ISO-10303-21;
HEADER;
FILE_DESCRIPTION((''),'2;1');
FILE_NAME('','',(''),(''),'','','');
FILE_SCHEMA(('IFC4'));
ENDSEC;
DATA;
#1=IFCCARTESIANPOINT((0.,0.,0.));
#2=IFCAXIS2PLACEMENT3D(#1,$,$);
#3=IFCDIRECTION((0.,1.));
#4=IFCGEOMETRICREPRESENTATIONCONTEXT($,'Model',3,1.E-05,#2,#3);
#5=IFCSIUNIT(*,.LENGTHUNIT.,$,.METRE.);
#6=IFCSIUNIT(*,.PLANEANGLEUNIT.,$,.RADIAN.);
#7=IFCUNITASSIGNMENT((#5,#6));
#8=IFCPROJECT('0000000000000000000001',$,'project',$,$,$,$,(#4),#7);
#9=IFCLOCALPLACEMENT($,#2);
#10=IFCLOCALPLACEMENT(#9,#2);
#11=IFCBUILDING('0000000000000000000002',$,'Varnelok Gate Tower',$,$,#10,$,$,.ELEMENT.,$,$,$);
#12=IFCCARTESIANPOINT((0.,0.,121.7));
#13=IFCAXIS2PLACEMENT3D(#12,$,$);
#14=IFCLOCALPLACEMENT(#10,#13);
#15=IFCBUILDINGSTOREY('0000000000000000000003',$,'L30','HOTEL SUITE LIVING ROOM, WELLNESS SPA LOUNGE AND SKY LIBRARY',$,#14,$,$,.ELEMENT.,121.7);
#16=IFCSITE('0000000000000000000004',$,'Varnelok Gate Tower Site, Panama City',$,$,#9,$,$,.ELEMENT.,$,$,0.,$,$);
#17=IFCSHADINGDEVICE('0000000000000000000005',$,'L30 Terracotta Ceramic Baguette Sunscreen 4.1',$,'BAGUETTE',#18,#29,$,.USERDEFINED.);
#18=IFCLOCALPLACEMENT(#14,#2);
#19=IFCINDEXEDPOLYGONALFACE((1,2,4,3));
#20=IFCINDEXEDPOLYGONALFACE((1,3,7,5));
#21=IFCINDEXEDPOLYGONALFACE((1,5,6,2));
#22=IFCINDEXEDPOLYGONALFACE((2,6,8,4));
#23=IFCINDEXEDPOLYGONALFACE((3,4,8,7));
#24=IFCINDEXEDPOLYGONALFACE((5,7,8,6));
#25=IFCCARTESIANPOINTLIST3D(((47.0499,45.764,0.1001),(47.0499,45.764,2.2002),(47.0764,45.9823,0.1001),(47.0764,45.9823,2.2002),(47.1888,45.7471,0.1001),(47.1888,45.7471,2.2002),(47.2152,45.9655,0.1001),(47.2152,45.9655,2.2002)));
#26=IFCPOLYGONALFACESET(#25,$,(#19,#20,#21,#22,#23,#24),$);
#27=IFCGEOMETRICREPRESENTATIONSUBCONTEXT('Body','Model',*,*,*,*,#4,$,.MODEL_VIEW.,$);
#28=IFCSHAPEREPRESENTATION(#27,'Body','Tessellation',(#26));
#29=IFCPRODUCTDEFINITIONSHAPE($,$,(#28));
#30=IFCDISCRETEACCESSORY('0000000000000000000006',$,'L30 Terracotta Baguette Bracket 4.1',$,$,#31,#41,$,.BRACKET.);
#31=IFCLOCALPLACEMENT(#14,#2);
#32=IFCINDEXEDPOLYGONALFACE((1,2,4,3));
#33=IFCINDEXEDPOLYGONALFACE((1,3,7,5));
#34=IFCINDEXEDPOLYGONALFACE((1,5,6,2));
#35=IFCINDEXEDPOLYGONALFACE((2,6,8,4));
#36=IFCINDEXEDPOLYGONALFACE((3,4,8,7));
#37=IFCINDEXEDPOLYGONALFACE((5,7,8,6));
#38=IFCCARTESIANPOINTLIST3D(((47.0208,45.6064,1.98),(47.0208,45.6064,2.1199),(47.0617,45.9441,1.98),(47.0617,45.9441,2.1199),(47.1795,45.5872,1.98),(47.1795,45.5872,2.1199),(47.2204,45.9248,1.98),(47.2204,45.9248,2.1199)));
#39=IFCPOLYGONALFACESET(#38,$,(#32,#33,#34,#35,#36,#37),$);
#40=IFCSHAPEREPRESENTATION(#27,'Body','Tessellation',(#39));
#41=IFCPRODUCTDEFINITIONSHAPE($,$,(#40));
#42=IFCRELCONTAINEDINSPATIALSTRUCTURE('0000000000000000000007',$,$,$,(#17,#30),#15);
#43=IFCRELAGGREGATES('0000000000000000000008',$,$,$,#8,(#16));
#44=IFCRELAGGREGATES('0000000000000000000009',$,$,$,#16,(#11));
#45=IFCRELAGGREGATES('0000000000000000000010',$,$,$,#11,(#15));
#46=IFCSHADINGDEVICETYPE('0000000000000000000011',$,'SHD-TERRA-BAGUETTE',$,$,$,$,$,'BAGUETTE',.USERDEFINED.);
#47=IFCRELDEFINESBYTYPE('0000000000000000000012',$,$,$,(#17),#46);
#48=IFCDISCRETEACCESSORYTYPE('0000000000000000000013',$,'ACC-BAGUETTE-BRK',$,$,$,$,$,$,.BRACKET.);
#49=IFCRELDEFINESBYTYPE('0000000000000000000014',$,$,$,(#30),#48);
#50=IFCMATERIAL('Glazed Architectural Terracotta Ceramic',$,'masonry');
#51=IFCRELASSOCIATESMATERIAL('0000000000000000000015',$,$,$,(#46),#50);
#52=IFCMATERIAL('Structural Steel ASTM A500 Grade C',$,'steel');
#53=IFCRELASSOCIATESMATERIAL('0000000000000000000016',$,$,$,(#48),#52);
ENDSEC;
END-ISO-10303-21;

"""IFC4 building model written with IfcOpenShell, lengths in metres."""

from ifc_helpers import new_model, si_unit, direction, frame, origin, origin_2d, place, context, subcontext, project, spatial, rectangle, extrude, source, transform, mapped, material, type_object, element, save


model = new_model("IFC4")

# Units and contexts
model_context = context("Model", 3, precision=1e-05, world=origin(), true_north=direction((0.0, 1.0)))
body_context = subcontext(model_context, "Body", "Model", "MODEL_VIEW")
ifc_project = project(units=[si_unit("LENGTHUNIT", "METRE"), si_unit("PLANEANGLEUNIT", "RADIAN")], contexts=[model_context])

# Site, building, storey
site_placement = place(None, origin())
site = spatial("IfcSite", under=ifc_project, at=site_placement, Name="Varnelok Gate Tower Site, Panama City", CompositionType="ELEMENT", RefElevation=0.0)
building_placement = place(site_placement, origin())
building = spatial("IfcBuilding", under=site, at=building_placement, Name="Varnelok Gate Tower", CompositionType="ELEMENT")
storey_placement = place(building_placement, frame((0.0, 0.0, 121.7)))
storey = spatial("IfcBuildingStorey", under=building, at=storey_placement, Name="L30", Description="HOTEL SUITE LIVING ROOM, WELLNESS SPA LOUNGE AND SKY LIBRARY", CompositionType="ELEMENT", Elevation=121.7)

# Shading device
ifc_material_1 = material(Name="Glazed Architectural Terracotta Ceramic", Category="masonry")
shading_device_type = type_object("IfcShadingDeviceType", Name="SHD-TERRA-BAGUETTE", ElementType="BAGUETTE", PredefinedType="USERDEFINED", material=ifc_material_1)
shared_shape_1 = source(origin(), body_context, "Body", "SweptSolid", [
    extrude(rectangle(XDim=0.1399, YDim=0.22, at=origin_2d()), origin(), (0.0, 0.0, 1.0), 2.1001),
])
shading_device_placement = place(storey_placement, frame((47.1326, 45.8647, 0.1001), z_axis=(0.0, 0.0, 1.0), x_axis=(0.992732, -0.120345, 0.0)))
element("IfcShadingDevice", 1, at=shading_device_placement, inside=storey, type_object=shading_device_type, Name="L30 Terracotta Ceramic Baguette Sunscreen 4.1", ObjectType="BAGUETTE", PredefinedType="USERDEFINED", context=body_context, shape_type="MappedRepresentation", body=[
    mapped(shared_shape_1, transform((0.0, 0.0, 0.0), scale=1.0)),
])

# Discrete accessory
ifc_material_2 = material(Name="Structural Steel ASTM A500 Grade C", Category="steel")
discrete_accessory_type = type_object("IfcDiscreteAccessoryType", Name="ACC-BAGUETTE-BRK", PredefinedType="BRACKET", material=ifc_material_2)
shared_shape_2 = source(origin(), body_context, "Body", "SweptSolid", [
    extrude(rectangle(XDim=0.1599, YDim=0.3401, at=origin_2d()), origin(), (0.0, 0.0, 1.0), 0.1399),
])
discrete_accessory_placement = place(storey_placement, frame((47.1206, 45.7656, 1.98), z_axis=(0.0, 0.0, 1.0), x_axis=(0.992732, -0.120345, 0.0)))
element("IfcDiscreteAccessory", 2, at=discrete_accessory_placement, inside=storey, type_object=discrete_accessory_type, Name="L30 Terracotta Baguette Bracket 4.1", PredefinedType="BRACKET", context=body_context, shape_type="MappedRepresentation", body=[
    mapped(shared_shape_2, transform((0.0, 0.0, 0.0), scale=1.0)),
])

save(model, "model.ifc")
